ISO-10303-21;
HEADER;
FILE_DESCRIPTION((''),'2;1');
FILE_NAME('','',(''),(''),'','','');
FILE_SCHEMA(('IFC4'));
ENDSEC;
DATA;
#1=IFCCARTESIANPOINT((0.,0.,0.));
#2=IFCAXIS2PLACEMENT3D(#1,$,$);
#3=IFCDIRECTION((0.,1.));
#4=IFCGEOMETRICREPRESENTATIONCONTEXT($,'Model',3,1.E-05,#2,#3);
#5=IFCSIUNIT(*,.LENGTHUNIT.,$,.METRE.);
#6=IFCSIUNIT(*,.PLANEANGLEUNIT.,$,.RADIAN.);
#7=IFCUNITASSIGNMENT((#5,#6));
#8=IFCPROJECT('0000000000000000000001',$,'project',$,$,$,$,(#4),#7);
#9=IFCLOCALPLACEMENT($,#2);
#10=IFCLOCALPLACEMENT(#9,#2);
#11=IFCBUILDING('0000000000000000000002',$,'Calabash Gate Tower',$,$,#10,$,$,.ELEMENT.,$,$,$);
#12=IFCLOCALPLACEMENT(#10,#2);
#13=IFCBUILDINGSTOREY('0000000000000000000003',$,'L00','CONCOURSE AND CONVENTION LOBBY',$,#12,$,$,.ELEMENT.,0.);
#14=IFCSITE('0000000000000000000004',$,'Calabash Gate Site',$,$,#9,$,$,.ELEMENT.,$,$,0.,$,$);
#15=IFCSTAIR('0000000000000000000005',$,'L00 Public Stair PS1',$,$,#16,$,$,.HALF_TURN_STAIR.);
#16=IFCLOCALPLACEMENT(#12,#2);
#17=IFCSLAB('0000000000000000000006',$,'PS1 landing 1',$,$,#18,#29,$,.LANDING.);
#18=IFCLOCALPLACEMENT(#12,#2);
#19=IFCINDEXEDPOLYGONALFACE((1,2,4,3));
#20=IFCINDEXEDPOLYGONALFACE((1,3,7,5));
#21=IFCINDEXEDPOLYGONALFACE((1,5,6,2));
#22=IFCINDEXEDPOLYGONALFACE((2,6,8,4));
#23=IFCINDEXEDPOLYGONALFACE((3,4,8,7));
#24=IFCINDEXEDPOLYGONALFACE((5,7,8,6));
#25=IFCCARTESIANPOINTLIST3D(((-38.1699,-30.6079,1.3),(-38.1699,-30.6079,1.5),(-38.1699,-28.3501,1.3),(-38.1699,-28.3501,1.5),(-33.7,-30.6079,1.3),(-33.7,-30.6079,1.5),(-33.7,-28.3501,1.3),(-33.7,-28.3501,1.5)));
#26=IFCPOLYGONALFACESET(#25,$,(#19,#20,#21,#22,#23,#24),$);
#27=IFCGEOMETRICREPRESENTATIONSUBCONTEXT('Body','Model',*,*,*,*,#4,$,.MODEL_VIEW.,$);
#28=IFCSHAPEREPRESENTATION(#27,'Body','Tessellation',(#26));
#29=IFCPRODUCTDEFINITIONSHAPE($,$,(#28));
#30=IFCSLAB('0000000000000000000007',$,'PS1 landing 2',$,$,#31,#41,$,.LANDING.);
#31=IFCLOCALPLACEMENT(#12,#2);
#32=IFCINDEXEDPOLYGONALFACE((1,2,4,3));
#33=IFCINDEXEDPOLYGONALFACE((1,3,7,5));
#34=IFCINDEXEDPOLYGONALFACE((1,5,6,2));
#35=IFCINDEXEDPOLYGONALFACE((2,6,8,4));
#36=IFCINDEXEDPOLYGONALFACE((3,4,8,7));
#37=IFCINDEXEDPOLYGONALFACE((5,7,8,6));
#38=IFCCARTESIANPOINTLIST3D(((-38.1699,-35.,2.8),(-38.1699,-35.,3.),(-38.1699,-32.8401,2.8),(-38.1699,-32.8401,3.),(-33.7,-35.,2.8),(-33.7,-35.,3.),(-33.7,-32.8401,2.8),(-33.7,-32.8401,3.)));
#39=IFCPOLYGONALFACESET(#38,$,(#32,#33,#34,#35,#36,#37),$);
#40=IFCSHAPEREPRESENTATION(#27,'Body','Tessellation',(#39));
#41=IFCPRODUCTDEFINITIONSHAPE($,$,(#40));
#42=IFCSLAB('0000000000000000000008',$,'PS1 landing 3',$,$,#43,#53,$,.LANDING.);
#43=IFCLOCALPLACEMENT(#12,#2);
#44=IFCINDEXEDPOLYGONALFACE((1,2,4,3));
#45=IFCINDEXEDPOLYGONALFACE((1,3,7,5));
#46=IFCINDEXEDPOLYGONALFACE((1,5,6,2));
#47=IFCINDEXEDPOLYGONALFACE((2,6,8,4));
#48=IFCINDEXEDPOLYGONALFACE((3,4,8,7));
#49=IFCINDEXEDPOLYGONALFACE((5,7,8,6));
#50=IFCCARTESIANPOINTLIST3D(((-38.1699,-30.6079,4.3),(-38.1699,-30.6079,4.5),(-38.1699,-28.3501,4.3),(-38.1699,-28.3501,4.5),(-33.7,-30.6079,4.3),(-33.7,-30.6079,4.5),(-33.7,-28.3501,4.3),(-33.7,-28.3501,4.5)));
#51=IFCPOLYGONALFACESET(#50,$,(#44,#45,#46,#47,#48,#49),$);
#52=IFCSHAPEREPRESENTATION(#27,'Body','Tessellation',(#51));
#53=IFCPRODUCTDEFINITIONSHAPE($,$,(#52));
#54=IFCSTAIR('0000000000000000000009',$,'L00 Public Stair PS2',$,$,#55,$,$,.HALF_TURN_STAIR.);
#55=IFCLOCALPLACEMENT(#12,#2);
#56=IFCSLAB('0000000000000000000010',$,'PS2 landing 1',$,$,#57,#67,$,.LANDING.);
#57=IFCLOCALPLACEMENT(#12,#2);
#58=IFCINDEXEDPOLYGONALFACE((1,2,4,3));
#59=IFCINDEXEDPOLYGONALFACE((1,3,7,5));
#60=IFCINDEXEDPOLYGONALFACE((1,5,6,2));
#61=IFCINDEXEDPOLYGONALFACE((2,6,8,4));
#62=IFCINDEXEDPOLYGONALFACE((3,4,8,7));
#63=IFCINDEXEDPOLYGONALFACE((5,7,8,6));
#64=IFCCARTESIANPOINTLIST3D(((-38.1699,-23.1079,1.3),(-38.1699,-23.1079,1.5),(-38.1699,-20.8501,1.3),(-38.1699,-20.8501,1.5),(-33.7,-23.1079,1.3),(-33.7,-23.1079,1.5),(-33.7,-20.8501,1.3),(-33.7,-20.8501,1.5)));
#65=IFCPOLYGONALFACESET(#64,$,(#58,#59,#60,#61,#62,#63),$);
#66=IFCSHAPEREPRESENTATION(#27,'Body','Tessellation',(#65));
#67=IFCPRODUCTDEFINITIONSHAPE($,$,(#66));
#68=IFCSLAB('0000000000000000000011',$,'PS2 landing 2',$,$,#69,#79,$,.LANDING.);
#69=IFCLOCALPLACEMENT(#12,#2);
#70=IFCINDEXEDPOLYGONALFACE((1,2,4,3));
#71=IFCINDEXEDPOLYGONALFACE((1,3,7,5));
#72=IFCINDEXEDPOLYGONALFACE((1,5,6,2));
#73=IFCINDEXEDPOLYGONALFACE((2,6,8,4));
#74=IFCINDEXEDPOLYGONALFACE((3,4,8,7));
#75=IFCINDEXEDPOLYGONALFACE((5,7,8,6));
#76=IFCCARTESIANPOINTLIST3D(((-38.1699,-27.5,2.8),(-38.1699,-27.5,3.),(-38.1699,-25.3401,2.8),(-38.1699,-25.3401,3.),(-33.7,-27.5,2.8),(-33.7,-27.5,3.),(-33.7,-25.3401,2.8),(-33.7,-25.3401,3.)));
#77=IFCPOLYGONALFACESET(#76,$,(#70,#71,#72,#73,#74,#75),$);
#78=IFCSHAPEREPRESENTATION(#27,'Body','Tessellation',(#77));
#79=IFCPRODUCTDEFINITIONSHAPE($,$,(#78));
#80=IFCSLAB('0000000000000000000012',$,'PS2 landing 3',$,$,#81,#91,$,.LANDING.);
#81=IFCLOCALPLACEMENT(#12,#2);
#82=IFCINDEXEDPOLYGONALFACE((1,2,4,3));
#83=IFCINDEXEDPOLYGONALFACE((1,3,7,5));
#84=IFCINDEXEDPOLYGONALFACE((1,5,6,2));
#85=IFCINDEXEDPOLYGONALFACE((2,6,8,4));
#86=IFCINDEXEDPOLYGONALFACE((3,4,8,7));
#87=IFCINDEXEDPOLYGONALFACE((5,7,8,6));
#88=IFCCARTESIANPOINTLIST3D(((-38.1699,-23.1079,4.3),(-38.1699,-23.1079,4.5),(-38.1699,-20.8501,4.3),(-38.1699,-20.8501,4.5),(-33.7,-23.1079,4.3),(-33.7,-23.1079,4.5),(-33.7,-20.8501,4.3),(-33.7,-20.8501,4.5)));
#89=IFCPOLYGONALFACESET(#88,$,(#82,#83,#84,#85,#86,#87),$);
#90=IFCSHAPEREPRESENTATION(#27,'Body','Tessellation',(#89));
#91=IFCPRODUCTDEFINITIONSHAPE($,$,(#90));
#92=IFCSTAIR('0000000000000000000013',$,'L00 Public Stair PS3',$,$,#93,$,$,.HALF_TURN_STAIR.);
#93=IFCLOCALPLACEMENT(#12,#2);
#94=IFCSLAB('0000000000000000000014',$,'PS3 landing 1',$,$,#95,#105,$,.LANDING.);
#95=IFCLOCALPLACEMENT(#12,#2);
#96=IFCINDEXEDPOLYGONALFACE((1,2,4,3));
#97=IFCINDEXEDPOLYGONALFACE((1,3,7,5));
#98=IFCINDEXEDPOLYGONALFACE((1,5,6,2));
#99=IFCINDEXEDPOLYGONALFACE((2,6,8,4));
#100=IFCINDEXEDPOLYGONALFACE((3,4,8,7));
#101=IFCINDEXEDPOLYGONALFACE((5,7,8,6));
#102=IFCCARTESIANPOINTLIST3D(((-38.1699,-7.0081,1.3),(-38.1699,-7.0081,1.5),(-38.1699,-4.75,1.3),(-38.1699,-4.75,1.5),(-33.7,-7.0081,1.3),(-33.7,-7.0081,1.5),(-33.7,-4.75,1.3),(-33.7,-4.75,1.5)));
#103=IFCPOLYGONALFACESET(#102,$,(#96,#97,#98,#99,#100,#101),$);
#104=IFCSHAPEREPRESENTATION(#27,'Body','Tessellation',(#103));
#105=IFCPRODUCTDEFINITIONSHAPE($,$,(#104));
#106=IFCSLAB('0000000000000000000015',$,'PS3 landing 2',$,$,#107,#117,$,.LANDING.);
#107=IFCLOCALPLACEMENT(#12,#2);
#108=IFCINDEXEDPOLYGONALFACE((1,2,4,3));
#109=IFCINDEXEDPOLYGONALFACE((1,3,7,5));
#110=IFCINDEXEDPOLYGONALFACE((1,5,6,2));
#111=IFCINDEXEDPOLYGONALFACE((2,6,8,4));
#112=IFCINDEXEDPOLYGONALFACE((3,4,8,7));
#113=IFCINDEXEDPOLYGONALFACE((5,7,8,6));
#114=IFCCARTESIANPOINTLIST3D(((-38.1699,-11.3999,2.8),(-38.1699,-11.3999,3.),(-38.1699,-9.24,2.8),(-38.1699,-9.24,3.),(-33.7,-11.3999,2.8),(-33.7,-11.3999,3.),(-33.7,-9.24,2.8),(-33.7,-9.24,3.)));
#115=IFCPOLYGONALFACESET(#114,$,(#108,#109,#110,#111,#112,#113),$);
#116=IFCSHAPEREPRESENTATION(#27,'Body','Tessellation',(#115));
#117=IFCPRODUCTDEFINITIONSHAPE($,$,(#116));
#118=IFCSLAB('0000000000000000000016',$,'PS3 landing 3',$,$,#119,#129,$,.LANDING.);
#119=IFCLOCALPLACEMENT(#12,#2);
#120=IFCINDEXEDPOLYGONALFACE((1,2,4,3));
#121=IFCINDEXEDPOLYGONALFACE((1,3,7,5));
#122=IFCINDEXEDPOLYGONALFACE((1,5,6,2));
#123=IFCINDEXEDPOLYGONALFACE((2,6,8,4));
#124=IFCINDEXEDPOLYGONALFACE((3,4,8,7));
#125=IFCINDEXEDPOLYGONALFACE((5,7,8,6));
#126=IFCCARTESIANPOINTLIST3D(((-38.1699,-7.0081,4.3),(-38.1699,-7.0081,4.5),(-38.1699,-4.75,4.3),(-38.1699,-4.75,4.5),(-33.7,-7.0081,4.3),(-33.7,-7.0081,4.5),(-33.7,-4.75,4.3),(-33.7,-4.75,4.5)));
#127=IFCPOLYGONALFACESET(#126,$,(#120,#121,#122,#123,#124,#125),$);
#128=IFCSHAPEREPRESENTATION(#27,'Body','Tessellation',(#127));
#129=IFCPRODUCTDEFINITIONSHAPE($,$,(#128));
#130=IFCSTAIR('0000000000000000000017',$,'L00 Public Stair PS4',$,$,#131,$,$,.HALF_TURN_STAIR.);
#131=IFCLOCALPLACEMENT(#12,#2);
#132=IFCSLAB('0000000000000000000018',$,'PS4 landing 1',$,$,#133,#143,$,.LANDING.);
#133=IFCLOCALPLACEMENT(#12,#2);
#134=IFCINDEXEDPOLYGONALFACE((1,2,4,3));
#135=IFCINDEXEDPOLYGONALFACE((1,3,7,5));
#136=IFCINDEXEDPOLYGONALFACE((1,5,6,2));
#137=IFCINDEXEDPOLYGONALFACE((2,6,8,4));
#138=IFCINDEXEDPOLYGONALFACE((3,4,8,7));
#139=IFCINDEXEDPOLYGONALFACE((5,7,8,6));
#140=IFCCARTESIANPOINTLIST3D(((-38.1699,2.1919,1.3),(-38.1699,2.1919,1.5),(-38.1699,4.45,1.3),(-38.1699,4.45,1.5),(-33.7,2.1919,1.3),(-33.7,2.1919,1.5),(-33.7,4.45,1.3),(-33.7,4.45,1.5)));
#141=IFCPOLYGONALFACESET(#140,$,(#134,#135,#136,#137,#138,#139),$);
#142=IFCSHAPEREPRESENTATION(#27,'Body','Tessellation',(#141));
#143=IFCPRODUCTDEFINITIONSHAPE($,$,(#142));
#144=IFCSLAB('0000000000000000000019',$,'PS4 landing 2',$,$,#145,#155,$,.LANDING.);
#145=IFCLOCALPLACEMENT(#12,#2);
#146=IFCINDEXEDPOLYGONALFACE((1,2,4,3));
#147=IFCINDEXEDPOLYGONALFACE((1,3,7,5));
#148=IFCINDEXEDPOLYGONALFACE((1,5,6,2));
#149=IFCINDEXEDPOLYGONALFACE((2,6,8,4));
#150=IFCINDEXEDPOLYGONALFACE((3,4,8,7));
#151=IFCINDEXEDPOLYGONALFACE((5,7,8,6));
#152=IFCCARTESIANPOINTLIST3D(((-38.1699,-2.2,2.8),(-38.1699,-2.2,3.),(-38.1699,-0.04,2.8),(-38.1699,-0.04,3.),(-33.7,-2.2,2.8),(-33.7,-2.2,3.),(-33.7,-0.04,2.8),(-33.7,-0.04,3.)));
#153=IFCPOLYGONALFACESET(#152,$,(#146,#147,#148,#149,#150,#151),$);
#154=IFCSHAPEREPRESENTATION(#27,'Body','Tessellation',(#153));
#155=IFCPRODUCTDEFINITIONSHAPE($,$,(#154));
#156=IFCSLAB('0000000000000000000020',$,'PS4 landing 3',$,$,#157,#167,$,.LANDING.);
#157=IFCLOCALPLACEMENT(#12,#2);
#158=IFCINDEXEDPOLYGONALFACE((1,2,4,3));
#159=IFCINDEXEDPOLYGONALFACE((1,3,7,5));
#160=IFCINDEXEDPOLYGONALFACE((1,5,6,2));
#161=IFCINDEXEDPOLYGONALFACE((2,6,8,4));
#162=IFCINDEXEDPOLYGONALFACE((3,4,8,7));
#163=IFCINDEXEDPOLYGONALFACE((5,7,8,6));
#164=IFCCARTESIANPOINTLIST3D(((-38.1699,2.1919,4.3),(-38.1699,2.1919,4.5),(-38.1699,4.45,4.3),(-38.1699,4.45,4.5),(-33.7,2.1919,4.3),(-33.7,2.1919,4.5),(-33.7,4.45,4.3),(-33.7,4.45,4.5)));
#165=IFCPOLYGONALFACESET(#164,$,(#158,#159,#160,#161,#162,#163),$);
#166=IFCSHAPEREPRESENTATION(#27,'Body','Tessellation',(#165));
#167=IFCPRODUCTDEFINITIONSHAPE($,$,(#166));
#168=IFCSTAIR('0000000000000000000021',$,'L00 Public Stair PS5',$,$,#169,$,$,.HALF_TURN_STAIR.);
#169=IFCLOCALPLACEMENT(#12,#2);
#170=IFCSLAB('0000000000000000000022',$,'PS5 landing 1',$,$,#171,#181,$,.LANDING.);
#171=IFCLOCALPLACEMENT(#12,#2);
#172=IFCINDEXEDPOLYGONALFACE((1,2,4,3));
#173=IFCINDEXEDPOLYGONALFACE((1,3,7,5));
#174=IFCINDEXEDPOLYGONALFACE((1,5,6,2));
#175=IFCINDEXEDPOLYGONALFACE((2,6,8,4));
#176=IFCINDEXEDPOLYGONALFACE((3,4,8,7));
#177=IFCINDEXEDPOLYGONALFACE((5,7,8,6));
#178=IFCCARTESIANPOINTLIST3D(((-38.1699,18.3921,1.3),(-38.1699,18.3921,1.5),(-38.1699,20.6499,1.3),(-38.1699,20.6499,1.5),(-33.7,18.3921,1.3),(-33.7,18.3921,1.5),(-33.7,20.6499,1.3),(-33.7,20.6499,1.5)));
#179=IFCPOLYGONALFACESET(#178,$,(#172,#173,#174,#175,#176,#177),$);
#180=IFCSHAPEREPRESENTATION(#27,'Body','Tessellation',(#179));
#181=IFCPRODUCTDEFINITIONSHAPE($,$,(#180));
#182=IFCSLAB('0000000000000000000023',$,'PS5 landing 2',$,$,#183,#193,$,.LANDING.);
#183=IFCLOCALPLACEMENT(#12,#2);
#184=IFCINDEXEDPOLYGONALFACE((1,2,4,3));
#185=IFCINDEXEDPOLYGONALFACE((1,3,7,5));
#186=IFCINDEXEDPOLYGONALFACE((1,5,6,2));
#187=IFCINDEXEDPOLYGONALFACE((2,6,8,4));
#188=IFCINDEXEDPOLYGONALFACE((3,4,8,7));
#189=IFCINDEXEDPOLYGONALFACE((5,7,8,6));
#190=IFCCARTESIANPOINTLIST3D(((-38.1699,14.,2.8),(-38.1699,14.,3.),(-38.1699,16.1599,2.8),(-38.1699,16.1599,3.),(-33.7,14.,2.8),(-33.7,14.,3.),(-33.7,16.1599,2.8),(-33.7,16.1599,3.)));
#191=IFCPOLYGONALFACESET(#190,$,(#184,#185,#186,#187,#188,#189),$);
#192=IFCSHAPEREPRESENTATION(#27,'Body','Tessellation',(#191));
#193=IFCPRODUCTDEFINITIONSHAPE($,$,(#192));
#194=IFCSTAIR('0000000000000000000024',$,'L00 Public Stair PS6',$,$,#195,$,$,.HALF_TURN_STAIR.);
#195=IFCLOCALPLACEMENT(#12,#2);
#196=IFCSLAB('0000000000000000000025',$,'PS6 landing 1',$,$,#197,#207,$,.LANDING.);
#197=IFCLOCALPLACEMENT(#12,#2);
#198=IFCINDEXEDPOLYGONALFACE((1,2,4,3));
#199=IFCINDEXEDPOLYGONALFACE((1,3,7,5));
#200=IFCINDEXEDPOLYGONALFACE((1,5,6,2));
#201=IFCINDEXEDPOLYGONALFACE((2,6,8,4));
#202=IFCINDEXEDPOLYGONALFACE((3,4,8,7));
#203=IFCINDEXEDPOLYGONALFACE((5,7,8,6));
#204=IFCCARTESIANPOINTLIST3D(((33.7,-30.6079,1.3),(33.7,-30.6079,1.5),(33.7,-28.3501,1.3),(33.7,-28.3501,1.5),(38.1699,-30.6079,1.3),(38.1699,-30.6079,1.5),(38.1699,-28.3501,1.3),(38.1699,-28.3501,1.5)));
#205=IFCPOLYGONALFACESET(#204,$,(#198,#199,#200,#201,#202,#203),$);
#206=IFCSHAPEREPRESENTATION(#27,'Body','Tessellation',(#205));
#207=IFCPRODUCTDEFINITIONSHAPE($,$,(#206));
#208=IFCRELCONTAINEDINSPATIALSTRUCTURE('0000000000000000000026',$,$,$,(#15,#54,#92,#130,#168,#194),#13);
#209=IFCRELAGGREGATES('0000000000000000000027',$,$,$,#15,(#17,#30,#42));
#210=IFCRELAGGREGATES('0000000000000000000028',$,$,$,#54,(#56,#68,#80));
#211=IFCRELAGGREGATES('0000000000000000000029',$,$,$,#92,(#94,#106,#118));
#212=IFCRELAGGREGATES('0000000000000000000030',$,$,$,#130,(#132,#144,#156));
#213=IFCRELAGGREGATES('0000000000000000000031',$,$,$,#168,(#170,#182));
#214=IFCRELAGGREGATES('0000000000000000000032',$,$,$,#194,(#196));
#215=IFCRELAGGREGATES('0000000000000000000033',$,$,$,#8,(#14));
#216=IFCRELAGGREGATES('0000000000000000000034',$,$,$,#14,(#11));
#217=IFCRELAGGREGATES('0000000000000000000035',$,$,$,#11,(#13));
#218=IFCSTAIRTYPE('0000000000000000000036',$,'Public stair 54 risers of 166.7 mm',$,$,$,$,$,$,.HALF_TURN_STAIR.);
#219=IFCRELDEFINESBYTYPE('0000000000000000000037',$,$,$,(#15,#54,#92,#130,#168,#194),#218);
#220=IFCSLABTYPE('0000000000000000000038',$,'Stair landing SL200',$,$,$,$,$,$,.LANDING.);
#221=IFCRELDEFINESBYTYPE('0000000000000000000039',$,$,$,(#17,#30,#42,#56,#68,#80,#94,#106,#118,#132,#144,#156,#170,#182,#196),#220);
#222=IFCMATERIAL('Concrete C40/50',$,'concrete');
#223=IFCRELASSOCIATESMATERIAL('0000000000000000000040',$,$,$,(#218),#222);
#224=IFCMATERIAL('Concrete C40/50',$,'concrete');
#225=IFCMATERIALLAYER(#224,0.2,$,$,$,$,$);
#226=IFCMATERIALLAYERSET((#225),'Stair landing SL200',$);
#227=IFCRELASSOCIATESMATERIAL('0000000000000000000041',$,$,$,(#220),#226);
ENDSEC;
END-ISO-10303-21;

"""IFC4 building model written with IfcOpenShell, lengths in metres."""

from ifc_helpers import new_model, si_unit, direction, frame, origin, place, context, subcontext, project, spatial, polyline, outline, extrude, material, layer, layer_set, type_object, element, aggregate, save


model = new_model("IFC4")

# Units and contexts
model_context = context("Model", 3, precision=1e-05, world=origin(), true_north=direction((0.0, 1.0)))
body_context = subcontext(model_context, "Body", "Model", "MODEL_VIEW")
ifc_project = project(units=[si_unit("LENGTHUNIT", "METRE"), si_unit("PLANEANGLEUNIT", "RADIAN")], contexts=[model_context])

# Site, building, storey
site_placement = place(None, origin())
site = spatial("IfcSite", under=ifc_project, at=site_placement, Name="Calabash Gate Site", CompositionType="ELEMENT", RefElevation=0.0)
building_placement = place(site_placement, origin())
building = spatial("IfcBuilding", under=site, at=building_placement, Name="Calabash Gate Tower", CompositionType="ELEMENT")
storey_placement = place(building_placement, origin())
storey = spatial("IfcBuildingStorey", under=building, at=storey_placement, Name="L00", Description="CONCOURSE AND CONVENTION LOBBY", CompositionType="ELEMENT", Elevation=0.0)

# Stairs, slabs
ifc_material_1 = material(Name="Concrete C40/50", Category="concrete")
stair_type = type_object("IfcStairType", Name="Public stair 54 risers of 166.7 mm", PredefinedType="HALF_TURN_STAIR", material=ifc_material_1)
stair_1_placement = place(storey_placement, origin())
stair_1 = element("IfcStair", 1, at=stair_1_placement, inside=storey, type_object=stair_type, Name="L00 Public Stair PS1", PredefinedType="HALF_TURN_STAIR")
ifc_material_2 = material(Name="Concrete C40/50", Category="concrete")
ifc_layer = layer(ifc_material_2, 0.2)
ifc_layer_set = layer_set([ifc_layer], Name="Stair landing SL200")
slab_type = type_object("IfcSlabType", Name="Stair landing SL200", PredefinedType="LANDING", material=ifc_layer_set)
slab_1_placement = place(storey_placement, frame((0.0, 0.0, 1.3)))
slab_1 = element("IfcSlab", 2, at=slab_1_placement, type_object=slab_type, Name="PS1 landing 1", PredefinedType="LANDING", context=body_context, shape_type="SweptSolid", body=[
    extrude(outline(polyline([(-33.7, -30.6079), (-33.7, -28.3501), (-38.1699, -28.3501), (-38.1699, -30.6079), (-33.7, -30.6079)])), origin(), (0.0, 0.0, 1.0), 0.2),
])
slab_2_placement = place(storey_placement, frame((0.0, 0.0, 2.8)))
slab_2 = element("IfcSlab", 3, at=slab_2_placement, type_object=slab_type, Name="PS1 landing 2", PredefinedType="LANDING", context=body_context, shape_type="SweptSolid", body=[
    extrude(outline(polyline([(-33.7, -35.0), (-33.7, -32.8401), (-38.1699, -32.8401), (-38.1699, -35.0), (-33.7, -35.0)])), origin(), (0.0, 0.0, 1.0), 0.2),
])
slab_3_placement = place(storey_placement, frame((0.0, 0.0, 4.3)))
slab_3 = element("IfcSlab", 4, at=slab_3_placement, type_object=slab_type, Name="PS1 landing 3", PredefinedType="LANDING", context=body_context, shape_type="SweptSolid", body=[
    extrude(outline(polyline([(-33.7, -30.6079), (-33.7, -28.3501), (-38.1699, -28.3501), (-38.1699, -30.6079), (-33.7, -30.6079)])), origin(), (0.0, 0.0, 1.0), 0.2),
])
aggregate(stair_1, [slab_1, slab_2, slab_3])
stair_2_placement = place(storey_placement, origin())
stair_2 = element("IfcStair", 5, at=stair_2_placement, inside=storey, type_object=stair_type, Name="L00 Public Stair PS2", PredefinedType="HALF_TURN_STAIR")
slab_4_placement = place(storey_placement, frame((0.0, 0.0, 1.3)))
slab_4 = element("IfcSlab", 6, at=slab_4_placement, type_object=slab_type, Name="PS2 landing 1", PredefinedType="LANDING", context=body_context, shape_type="SweptSolid", body=[
    extrude(outline(polyline([(-33.7, -23.1079), (-33.7, -20.8501), (-38.1699, -20.8501), (-38.1699, -23.1079), (-33.7, -23.1079)])), origin(), (0.0, 0.0, 1.0), 0.2),
])
slab_5_placement = place(storey_placement, frame((0.0, 0.0, 2.8)))
slab_5 = element("IfcSlab", 7, at=slab_5_placement, type_object=slab_type, Name="PS2 landing 2", PredefinedType="LANDING", context=body_context, shape_type="SweptSolid", body=[
    extrude(outline(polyline([(-33.7, -27.5), (-33.7, -25.3401), (-38.1699, -25.3401), (-38.1699, -27.5), (-33.7, -27.5)])), origin(), (0.0, 0.0, 1.0), 0.2),
])
slab_6_placement = place(storey_placement, frame((0.0, 0.0, 4.3)))
slab_6 = element("IfcSlab", 8, at=slab_6_placement, type_object=slab_type, Name="PS2 landing 3", PredefinedType="LANDING", context=body_context, shape_type="SweptSolid", body=[
    extrude(outline(polyline([(-33.7, -23.1079), (-33.7, -20.8501), (-38.1699, -20.8501), (-38.1699, -23.1079), (-33.7, -23.1079)])), origin(), (0.0, 0.0, 1.0), 0.2),
])
aggregate(stair_2, [slab_4, slab_5, slab_6])
stair_3_placement = place(storey_placement, origin())
stair_3 = element("IfcStair", 9, at=stair_3_placement, inside=storey, type_object=stair_type, Name="L00 Public Stair PS3", PredefinedType="HALF_TURN_STAIR")
slab_7_placement = place(storey_placement, frame((0.0, 0.0, 1.3)))
slab_7 = element("IfcSlab", 10, at=slab_7_placement, type_object=slab_type, Name="PS3 landing 1", PredefinedType="LANDING", context=body_context, shape_type="SweptSolid", body=[
    extrude(outline(polyline([(-33.7, -7.0081), (-33.7, -4.75), (-38.1699, -4.75), (-38.1699, -7.0081), (-33.7, -7.0081)])), origin(), (0.0, 0.0, 1.0), 0.2),
])
slab_8_placement = place(storey_placement, frame((0.0, 0.0, 2.8)))
slab_8 = element("IfcSlab", 11, at=slab_8_placement, type_object=slab_type, Name="PS3 landing 2", PredefinedType="LANDING", context=body_context, shape_type="SweptSolid", body=[
    extrude(outline(polyline([(-33.7, -11.3999), (-33.7, -9.24), (-38.1699, -9.24), (-38.1699, -11.3999), (-33.7, -11.3999)])), origin(), (0.0, 0.0, 1.0), 0.2),
])
slab_9_placement = place(storey_placement, frame((0.0, 0.0, 4.3)))
slab_9 = element("IfcSlab", 12, at=slab_9_placement, type_object=slab_type, Name="PS3 landing 3", PredefinedType="LANDING", context=body_context, shape_type="SweptSolid", body=[
    extrude(outline(polyline([(-33.7, -7.0081), (-33.7, -4.75), (-38.1699, -4.75), (-38.1699, -7.0081), (-33.7, -7.0081)])), origin(), (0.0, 0.0, 1.0), 0.2),
])
aggregate(stair_3, [slab_7, slab_8, slab_9])
stair_4_placement = place(storey_placement, origin())
stair_4 = element("IfcStair", 13, at=stair_4_placement, inside=storey, type_object=stair_type, Name="L00 Public Stair PS4", PredefinedType="HALF_TURN_STAIR")
slab_10_placement = place(storey_placement, frame((0.0, 0.0, 1.3)))
slab_10 = element("IfcSlab", 14, at=slab_10_placement, type_object=slab_type, Name="PS4 landing 1", PredefinedType="LANDING", context=body_context, shape_type="SweptSolid", body=[
    extrude(outline(polyline([(-33.7, 2.1919), (-33.7, 4.45), (-38.1699, 4.45), (-38.1699, 2.1919), (-33.7, 2.1919)])), origin(), (0.0, 0.0, 1.0), 0.2),
])
slab_11_placement = place(storey_placement, frame((0.0, 0.0, 2.8)))
slab_11 = element("IfcSlab", 15, at=slab_11_placement, type_object=slab_type, Name="PS4 landing 2", PredefinedType="LANDING", context=body_context, shape_type="SweptSolid", body=[
    extrude(outline(polyline([(-33.7, -2.2), (-33.7, -0.04), (-38.1699, -0.04), (-38.1699, -2.2), (-33.7, -2.2)])), origin(), (0.0, 0.0, 1.0), 0.2),
])
slab_12_placement = place(storey_placement, frame((0.0, 0.0, 4.3)))
slab_12 = element("IfcSlab", 16, at=slab_12_placement, type_object=slab_type, Name="PS4 landing 3", PredefinedType="LANDING", context=body_context, shape_type="SweptSolid", body=[
    extrude(outline(polyline([(-33.7, 2.1919), (-33.7, 4.45), (-38.1699, 4.45), (-38.1699, 2.1919), (-33.7, 2.1919)])), origin(), (0.0, 0.0, 1.0), 0.2),
])
aggregate(stair_4, [slab_10, slab_11, slab_12])
stair_5_placement = place(storey_placement, origin())
stair_5 = element("IfcStair", 17, at=stair_5_placement, inside=storey, type_object=stair_type, Name="L00 Public Stair PS5", PredefinedType="HALF_TURN_STAIR")
slab_13_placement = place(storey_placement, frame((0.0, 0.0, 1.3)))
slab_13 = element("IfcSlab", 18, at=slab_13_placement, type_object=slab_type, Name="PS5 landing 1", PredefinedType="LANDING", context=body_context, shape_type="SweptSolid", body=[
    extrude(outline(polyline([(-33.7, 18.3921), (-33.7, 20.6499), (-38.1699, 20.6499), (-38.1699, 18.3921), (-33.7, 18.3921)])), origin(), (0.0, 0.0, 1.0), 0.2),
])
slab_14_placement = place(storey_placement, frame((0.0, 0.0, 2.8)))
slab_14 = element("IfcSlab", 19, at=slab_14_placement, type_object=slab_type, Name="PS5 landing 2", PredefinedType="LANDING", context=body_context, shape_type="SweptSolid", body=[
    extrude(outline(polyline([(-33.7, 14.0), (-33.7, 16.1599), (-38.1699, 16.1599), (-38.1699, 14.0), (-33.7, 14.0)])), origin(), (0.0, 0.0, 1.0), 0.2),
])
aggregate(stair_5, [slab_13, slab_14])
stair_6_placement = place(storey_placement, origin())
stair_6 = element("IfcStair", 20, at=stair_6_placement, inside=storey, type_object=stair_type, Name="L00 Public Stair PS6", PredefinedType="HALF_TURN_STAIR")
slab_15_placement = place(storey_placement, frame((0.0, 0.0, 1.3)))
slab_15 = element("IfcSlab", 21, at=slab_15_placement, type_object=slab_type, Name="PS6 landing 1", PredefinedType="LANDING", context=body_context, shape_type="SweptSolid", body=[
    extrude(outline(polyline([(38.1699, -30.6079), (38.1699, -28.3501), (33.7, -28.3501), (33.7, -30.6079), (38.1699, -30.6079)])), origin(), (0.0, 0.0, 1.0), 0.2),
])
aggregate(stair_6, [slab_15])

save(model, "model.ifc")
